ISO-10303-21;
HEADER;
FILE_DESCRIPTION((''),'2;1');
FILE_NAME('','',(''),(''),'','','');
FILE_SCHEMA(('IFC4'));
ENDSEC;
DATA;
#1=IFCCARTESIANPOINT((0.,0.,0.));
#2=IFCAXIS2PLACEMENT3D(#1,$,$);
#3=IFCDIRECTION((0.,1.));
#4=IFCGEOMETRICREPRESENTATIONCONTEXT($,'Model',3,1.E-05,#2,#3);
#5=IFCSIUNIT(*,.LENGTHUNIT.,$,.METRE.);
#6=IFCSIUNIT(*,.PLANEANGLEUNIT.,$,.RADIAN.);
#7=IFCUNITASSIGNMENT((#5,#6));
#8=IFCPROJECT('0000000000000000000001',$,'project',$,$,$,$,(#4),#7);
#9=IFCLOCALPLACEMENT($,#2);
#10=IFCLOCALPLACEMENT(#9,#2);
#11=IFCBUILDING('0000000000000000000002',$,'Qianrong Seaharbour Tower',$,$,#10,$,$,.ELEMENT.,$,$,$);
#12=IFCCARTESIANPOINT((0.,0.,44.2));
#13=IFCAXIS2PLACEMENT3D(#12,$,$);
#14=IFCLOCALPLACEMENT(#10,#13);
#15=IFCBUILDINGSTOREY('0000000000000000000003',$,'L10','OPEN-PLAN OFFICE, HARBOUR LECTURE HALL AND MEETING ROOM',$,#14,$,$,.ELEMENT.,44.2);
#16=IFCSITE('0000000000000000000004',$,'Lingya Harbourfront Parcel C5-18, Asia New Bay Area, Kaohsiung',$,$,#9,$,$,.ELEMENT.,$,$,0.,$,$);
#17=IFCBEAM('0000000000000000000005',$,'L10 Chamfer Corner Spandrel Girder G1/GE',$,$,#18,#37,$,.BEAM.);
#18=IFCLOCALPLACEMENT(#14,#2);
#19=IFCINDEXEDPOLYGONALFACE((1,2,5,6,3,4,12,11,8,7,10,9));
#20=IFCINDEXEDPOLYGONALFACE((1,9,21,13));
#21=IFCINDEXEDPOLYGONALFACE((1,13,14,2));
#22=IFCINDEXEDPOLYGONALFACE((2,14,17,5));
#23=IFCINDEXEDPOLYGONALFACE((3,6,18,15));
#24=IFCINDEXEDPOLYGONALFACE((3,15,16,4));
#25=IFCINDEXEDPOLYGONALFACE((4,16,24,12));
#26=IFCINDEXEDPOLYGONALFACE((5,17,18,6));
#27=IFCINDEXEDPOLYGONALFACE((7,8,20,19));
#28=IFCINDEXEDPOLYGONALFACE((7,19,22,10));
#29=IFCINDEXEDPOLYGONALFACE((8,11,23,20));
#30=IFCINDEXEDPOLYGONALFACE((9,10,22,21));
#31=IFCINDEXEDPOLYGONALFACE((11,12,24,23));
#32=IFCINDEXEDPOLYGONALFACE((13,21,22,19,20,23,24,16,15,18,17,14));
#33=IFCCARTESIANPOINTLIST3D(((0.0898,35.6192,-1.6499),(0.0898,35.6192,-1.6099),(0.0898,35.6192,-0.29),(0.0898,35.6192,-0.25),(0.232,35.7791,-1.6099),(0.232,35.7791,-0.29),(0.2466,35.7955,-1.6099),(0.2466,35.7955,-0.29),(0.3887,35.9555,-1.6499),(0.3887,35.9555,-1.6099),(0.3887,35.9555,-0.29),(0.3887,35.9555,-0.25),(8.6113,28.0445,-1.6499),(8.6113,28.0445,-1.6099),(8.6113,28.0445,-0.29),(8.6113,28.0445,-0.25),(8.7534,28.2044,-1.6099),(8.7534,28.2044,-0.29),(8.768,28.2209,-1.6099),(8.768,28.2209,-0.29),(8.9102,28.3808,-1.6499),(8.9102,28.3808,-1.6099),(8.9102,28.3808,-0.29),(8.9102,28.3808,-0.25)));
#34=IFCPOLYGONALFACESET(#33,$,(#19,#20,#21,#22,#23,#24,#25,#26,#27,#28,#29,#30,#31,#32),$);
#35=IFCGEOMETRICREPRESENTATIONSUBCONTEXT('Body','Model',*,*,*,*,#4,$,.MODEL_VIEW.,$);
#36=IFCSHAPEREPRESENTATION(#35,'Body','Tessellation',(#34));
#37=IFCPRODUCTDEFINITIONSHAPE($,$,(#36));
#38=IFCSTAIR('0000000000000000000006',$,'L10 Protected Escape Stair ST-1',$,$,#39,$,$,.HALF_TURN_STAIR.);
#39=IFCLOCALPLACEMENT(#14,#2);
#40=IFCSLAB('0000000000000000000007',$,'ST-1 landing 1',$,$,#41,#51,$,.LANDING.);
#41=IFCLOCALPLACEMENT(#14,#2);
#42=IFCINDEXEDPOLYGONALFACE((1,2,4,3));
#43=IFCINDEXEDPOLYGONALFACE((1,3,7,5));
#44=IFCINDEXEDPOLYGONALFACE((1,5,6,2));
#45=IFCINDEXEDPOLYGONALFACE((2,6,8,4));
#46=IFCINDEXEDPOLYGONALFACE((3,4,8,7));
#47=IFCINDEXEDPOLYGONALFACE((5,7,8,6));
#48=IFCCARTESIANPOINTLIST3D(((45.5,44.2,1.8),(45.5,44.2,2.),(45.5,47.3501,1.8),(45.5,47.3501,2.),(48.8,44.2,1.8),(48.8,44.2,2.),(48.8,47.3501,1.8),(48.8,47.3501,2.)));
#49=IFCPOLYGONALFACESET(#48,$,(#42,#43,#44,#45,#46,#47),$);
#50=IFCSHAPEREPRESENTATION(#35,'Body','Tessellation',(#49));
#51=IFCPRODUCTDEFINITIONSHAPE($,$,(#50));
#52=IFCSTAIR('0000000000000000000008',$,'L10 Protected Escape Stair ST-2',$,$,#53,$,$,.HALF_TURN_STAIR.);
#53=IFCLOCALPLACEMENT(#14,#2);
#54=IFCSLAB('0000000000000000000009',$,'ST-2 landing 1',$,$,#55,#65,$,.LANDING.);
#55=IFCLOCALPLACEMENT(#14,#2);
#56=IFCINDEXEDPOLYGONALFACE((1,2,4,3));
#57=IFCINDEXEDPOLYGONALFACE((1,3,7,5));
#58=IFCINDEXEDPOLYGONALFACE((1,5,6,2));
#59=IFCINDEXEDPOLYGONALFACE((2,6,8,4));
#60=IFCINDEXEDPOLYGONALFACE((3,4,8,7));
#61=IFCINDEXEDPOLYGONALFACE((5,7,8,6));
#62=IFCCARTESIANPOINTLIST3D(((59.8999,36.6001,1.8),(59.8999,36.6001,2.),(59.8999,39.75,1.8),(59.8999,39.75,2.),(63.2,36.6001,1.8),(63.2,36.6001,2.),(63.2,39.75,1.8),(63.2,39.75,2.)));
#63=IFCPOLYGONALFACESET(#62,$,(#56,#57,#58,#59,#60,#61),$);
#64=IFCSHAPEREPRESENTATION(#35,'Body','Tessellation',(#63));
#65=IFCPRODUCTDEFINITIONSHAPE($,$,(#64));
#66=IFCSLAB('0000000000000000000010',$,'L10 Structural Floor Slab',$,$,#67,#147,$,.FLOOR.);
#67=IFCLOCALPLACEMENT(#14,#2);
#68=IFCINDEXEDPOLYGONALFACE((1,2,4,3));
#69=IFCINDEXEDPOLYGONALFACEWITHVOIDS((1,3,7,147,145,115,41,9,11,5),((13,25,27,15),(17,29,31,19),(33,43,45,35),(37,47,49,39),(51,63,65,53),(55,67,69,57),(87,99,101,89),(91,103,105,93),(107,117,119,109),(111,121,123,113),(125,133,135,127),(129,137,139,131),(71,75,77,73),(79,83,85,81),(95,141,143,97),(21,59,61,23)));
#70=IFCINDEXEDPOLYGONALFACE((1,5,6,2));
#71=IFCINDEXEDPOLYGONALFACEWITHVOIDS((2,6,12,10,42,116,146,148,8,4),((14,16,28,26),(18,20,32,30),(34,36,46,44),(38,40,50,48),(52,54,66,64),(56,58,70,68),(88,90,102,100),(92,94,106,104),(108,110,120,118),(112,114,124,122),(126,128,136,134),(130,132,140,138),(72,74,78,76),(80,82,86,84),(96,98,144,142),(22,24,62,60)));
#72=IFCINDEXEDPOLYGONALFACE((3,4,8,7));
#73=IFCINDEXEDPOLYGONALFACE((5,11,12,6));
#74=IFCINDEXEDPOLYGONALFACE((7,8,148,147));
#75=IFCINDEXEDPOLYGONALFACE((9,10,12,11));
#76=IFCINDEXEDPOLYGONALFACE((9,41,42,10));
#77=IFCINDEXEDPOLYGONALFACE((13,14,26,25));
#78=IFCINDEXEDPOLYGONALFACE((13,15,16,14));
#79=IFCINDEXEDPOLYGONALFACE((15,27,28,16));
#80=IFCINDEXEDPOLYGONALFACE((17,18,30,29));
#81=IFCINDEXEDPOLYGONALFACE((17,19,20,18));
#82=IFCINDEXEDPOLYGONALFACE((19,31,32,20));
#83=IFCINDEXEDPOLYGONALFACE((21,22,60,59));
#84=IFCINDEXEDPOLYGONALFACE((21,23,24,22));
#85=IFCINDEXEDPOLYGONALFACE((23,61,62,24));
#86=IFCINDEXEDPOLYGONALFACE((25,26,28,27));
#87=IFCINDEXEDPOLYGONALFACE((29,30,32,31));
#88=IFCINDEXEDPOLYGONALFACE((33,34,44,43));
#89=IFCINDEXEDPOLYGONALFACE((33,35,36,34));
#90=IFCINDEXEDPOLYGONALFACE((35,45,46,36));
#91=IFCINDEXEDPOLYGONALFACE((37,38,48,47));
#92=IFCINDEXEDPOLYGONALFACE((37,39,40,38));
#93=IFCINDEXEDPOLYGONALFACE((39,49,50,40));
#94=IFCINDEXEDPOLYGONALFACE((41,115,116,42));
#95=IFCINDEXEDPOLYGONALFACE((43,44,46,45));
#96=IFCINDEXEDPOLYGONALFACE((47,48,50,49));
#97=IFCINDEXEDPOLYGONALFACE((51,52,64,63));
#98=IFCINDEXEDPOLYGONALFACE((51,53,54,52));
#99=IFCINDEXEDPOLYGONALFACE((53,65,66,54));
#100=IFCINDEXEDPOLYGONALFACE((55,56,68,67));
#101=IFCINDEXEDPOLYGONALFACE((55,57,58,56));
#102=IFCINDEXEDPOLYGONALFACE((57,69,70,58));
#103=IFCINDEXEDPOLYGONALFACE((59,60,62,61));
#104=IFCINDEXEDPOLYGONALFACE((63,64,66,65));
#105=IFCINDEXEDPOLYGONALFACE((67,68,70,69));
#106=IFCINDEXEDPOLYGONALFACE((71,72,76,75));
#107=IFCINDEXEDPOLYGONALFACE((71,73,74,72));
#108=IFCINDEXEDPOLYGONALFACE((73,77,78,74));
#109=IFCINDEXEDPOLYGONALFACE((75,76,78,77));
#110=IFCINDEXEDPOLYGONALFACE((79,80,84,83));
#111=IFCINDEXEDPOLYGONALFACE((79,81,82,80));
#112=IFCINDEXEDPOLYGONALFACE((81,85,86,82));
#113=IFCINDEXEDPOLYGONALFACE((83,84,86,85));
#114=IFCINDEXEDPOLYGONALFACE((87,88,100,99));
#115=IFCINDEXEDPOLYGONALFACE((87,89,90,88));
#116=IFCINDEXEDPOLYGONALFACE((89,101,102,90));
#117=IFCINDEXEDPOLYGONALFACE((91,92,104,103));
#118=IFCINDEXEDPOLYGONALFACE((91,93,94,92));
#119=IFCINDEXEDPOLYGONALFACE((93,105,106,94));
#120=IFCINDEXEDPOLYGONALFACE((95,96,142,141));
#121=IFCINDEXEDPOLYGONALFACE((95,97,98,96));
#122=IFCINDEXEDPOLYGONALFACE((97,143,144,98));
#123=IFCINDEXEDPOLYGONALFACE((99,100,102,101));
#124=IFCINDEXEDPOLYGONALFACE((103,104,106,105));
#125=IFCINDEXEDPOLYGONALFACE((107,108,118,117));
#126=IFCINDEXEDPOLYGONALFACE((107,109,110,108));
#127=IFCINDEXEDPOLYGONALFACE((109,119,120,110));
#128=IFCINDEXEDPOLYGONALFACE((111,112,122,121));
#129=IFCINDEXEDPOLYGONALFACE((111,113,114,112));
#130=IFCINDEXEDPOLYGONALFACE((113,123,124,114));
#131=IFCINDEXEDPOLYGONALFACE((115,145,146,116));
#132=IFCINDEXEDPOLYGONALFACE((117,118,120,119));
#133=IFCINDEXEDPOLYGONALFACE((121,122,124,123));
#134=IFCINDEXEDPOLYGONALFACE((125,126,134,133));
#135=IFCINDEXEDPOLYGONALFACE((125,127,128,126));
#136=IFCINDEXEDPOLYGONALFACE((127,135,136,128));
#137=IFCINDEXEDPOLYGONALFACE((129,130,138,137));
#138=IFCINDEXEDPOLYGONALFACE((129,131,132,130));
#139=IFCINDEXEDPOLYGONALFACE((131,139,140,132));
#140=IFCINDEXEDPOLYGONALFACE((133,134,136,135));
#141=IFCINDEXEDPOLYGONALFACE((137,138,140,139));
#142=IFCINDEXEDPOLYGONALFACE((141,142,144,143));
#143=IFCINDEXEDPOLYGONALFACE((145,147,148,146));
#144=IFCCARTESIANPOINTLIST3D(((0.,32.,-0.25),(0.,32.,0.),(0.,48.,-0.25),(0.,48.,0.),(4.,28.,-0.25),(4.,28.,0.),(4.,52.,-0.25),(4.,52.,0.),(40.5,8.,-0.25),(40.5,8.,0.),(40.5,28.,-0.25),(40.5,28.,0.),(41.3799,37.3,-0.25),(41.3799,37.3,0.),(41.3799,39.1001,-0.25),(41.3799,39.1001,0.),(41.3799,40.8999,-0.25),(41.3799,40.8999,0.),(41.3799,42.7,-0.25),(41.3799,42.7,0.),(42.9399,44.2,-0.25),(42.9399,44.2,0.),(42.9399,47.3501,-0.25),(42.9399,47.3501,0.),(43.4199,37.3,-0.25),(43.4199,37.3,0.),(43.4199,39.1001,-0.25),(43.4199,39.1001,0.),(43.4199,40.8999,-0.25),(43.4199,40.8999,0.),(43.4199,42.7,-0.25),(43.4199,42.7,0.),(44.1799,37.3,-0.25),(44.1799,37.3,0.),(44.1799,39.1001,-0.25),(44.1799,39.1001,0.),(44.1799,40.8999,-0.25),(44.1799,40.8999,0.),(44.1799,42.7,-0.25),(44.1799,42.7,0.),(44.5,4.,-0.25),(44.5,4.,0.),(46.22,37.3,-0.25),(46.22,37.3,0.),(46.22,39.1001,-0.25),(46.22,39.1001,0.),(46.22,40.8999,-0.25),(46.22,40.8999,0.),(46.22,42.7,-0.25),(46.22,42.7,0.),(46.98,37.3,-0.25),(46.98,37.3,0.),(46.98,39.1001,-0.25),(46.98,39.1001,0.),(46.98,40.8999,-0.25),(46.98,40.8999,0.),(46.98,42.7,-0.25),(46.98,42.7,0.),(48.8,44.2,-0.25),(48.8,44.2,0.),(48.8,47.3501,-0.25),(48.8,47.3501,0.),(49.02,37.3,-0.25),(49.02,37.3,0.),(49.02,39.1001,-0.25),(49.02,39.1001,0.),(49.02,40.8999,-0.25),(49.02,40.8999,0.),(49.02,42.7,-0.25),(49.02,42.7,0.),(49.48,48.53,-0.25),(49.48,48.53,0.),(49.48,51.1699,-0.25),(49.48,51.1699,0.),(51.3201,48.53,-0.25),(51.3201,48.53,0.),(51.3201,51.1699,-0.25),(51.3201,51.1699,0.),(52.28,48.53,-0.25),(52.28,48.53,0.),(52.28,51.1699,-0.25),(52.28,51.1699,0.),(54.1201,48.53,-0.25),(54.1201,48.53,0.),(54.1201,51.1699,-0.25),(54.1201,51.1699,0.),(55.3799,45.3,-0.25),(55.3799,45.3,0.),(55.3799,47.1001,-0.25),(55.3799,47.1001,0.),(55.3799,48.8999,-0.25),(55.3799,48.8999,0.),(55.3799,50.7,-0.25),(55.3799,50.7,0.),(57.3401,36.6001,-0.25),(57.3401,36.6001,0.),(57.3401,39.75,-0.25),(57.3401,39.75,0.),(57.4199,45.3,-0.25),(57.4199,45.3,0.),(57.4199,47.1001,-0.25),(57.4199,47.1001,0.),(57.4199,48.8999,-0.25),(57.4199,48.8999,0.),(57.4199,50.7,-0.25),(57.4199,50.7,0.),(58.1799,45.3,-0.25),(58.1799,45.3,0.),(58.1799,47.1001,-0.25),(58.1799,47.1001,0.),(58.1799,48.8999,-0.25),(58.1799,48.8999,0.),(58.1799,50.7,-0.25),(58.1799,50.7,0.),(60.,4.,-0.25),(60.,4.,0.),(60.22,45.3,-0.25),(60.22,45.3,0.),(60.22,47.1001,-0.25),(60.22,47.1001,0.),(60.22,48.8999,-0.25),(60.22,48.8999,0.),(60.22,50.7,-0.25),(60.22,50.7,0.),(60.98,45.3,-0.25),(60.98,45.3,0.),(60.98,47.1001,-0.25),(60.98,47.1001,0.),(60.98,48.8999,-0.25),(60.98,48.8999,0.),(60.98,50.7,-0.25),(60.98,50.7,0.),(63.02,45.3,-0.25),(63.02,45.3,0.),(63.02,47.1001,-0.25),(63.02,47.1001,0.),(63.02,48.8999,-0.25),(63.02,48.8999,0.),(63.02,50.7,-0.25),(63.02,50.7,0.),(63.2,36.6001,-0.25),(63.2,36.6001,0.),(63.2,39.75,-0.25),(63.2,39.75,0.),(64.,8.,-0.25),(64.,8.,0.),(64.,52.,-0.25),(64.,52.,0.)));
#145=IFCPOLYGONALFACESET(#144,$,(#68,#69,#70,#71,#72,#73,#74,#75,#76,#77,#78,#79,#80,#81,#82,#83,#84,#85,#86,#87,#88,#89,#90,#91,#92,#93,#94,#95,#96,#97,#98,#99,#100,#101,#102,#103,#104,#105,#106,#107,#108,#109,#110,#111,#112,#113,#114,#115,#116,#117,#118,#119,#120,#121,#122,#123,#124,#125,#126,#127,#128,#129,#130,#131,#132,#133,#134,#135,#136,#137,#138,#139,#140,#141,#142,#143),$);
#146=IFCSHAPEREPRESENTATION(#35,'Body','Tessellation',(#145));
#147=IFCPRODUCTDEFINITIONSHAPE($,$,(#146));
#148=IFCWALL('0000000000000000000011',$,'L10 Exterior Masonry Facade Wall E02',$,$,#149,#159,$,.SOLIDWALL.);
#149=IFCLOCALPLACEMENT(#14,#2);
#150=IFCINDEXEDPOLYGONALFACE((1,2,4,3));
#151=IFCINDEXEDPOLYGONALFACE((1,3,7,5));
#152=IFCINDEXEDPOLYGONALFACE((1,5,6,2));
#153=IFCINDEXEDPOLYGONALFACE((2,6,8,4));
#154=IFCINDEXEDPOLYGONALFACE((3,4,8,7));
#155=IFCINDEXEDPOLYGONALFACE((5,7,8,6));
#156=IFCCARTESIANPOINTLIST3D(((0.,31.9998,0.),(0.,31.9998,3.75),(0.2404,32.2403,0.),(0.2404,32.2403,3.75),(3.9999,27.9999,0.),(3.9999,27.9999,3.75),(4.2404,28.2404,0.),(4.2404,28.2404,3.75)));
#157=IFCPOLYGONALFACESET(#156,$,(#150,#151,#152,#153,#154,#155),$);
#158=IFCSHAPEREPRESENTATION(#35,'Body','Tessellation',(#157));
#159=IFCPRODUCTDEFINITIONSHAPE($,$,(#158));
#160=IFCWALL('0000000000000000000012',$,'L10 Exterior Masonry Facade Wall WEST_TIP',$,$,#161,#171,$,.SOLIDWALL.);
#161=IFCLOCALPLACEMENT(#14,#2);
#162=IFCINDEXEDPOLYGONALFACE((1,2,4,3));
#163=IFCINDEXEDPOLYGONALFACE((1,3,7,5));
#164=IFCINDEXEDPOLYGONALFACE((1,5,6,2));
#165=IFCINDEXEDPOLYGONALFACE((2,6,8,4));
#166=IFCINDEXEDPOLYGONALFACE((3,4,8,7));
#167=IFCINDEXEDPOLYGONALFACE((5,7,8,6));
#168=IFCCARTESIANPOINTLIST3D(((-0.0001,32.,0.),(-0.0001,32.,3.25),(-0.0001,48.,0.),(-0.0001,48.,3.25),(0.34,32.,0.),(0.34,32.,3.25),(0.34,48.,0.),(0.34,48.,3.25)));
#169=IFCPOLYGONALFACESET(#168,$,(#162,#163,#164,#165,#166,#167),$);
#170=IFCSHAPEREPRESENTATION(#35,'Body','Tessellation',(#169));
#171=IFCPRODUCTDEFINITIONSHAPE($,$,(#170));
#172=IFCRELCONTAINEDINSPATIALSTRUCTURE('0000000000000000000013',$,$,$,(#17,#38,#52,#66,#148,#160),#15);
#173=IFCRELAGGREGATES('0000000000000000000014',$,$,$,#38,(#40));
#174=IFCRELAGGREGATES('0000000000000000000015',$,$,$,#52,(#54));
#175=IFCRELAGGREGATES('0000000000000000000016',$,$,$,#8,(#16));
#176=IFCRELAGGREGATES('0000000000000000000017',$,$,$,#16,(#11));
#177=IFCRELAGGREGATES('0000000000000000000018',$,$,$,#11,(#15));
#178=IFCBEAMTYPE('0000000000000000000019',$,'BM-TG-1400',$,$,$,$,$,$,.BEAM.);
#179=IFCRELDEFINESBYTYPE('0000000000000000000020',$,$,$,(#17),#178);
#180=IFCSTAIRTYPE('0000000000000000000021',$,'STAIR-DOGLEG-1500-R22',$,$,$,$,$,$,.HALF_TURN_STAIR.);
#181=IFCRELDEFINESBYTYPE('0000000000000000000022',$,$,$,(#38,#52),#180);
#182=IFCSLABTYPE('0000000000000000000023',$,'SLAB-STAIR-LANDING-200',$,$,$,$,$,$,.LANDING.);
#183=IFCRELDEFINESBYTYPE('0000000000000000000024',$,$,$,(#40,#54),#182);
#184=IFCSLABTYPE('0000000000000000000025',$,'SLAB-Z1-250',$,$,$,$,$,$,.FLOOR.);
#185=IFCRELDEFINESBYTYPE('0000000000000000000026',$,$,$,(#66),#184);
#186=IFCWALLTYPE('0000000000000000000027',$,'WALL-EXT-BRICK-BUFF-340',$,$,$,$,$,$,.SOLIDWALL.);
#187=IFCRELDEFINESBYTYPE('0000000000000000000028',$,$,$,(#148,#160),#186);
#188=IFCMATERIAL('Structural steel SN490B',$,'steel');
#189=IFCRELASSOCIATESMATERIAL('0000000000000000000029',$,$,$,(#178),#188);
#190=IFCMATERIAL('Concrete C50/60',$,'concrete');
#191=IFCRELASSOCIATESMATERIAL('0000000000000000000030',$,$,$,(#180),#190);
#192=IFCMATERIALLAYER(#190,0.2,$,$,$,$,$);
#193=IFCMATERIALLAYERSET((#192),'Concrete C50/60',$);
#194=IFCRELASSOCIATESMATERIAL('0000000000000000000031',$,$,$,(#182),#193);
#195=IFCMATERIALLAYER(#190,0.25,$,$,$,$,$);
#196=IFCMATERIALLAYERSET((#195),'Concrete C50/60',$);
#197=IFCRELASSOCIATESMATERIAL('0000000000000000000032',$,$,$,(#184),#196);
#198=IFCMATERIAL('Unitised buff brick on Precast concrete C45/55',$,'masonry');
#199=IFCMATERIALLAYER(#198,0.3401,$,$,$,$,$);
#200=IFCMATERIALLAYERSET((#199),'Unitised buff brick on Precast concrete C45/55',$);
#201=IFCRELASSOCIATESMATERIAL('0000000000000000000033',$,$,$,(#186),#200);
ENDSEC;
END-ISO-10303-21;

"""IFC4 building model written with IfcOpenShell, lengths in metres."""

from ifc_helpers import new_model, si_unit, direction, frame, frame_2d, origin, origin_2d, place, context, subcontext, project, spatial, polyline, rectangle, i_section, outline, extrude, material, layer, layer_set, material_profile, profile_set, type_object, element, aggregate, save


model = new_model("IFC4")

# Units and contexts
model_context = context("Model", 3, precision=1e-05, world=origin(), true_north=direction((0.0, 1.0)))
body_context = subcontext(model_context, "Body", "Model", "MODEL_VIEW")
ifc_project = project(units=[si_unit("LENGTHUNIT", "METRE"), si_unit("PLANEANGLEUNIT", "RADIAN")], contexts=[model_context])

# Site, building, storey
site_placement = place(None, origin())
site = spatial("IfcSite", under=ifc_project, at=site_placement, Name="Lingya Harbourfront Parcel C5-18, Asia New Bay Area, Kaohsiung", CompositionType="ELEMENT", RefElevation=0.0)
building_placement = place(site_placement, origin())
building = spatial("IfcBuilding", under=site, at=building_placement, Name="Qianrong Seaharbour Tower", CompositionType="ELEMENT")
storey_placement = place(building_placement, frame((0.0, 0.0, 44.2)))
storey = spatial("IfcBuildingStorey", under=building, at=storey_placement, Name="L10", Description="OPEN-PLAN OFFICE, HARBOUR LECTURE HALL AND MEETING ROOM", CompositionType="ELEMENT", Elevation=44.2)

# Shared definitions
ifc_material_1 = material(Name="Structural steel SN490B", Category="steel")

# Beam
ifc_material_profile_1 = material_profile(ifc_material_1, i_section(OverallWidth=0.45, OverallDepth=1.3999, WebThickness=0.022, FlangeThickness=0.04, at=origin_2d()), Name="BH1400x450x22x40")
ifc_profile_set_1 = profile_set([ifc_material_profile_1], Name="Structural steel SN490B")
beam_type_1 = type_object("IfcBeamType", Name="BM-TG-1400", PredefinedType="BEAM", material=ifc_profile_set_1)
beam_1_placement = place(storey_placement, frame((8.7607, 28.2126, -0.95), z_axis=(-0.747407, 0.664366, 0.0), x_axis=(-0.664366, -0.747407, 0.0)))
element("IfcBeam", 1, at=beam_1_placement, inside=storey, type_object=beam_type_1, Name="L10 Chamfer Corner Spandrel Girder G1/GE", PredefinedType="BEAM", context=body_context, shape_type="SweptSolid", body=[
    extrude(i_section(OverallWidth=0.45, OverallDepth=1.3999, WebThickness=0.022, FlangeThickness=0.04, at=origin_2d()), origin(), (0.0, 0.0, 1.0), 11.4014),
])

# Stairs, slabs
ifc_material_2 = material(Name="Concrete C50/60", Category="concrete")
stair_type = type_object("IfcStairType", Name="STAIR-DOGLEG-1500-R22", PredefinedType="HALF_TURN_STAIR", material=ifc_material_2)
stair_1_placement = place(storey_placement, origin())
stair_1 = element("IfcStair", 2, at=stair_1_placement, inside=storey, type_object=stair_type, Name="L10 Protected Escape Stair ST-1", PredefinedType="HALF_TURN_STAIR")
ifc_layer_1 = layer(ifc_material_2, 0.2)
ifc_layer_set_1 = layer_set([ifc_layer_1], Name="Concrete C50/60")
slab_type_1 = type_object("IfcSlabType", Name="SLAB-STAIR-LANDING-200", PredefinedType="LANDING", material=ifc_layer_set_1)
slab_1_placement = place(storey_placement, frame((0.0, 0.0, 1.8)))
slab_1 = element("IfcSlab", 3, at=slab_1_placement, type_object=slab_type_1, Name="ST-1 landing 1", PredefinedType="LANDING", context=body_context, shape_type="SweptSolid", body=[
    extrude(outline(polyline([(45.5, 44.2), (48.8, 44.2), (48.8, 47.3501), (45.5, 47.3501), (45.5, 44.2)])), origin(), (0.0, 0.0, 1.0), 0.2),
])
aggregate(stair_1, [slab_1])
stair_2_placement = place(storey_placement, origin())
stair_2 = element("IfcStair", 4, at=stair_2_placement, inside=storey, type_object=stair_type, Name="L10 Protected Escape Stair ST-2", PredefinedType="HALF_TURN_STAIR")
slab_2_placement = place(storey_placement, frame((0.0, 0.0, 1.8)))
slab_2 = element("IfcSlab", 5, at=slab_2_placement, type_object=slab_type_1, Name="ST-2 landing 1", PredefinedType="LANDING", context=body_context, shape_type="SweptSolid", body=[
    extrude(outline(polyline([(59.8999, 36.6001), (63.2, 36.6001), (63.2, 39.75), (59.8999, 39.75), (59.8999, 36.6001)])), origin(), (0.0, 0.0, 1.0), 0.2),
])
aggregate(stair_2, [slab_2])

# Slab
ifc_layer_2 = layer(ifc_material_2, 0.25)
ifc_layer_set_2 = layer_set([ifc_layer_2], Name="Concrete C50/60")
slab_type_2 = type_object("IfcSlabType", Name="SLAB-Z1-250", PredefinedType="FLOOR", material=ifc_layer_set_2)
slab_3_placement = place(storey_placement, frame((0.0, 0.0, -0.25)))
element("IfcSlab", 6, at=slab_3_placement, inside=storey, type_object=slab_type_2, Name="L10 Structural Floor Slab", PredefinedType="FLOOR", context=body_context, shape_type="SweptSolid", body=[
    extrude(outline(polyline([(44.5, 4.0), (60.0, 4.0), (64.0, 8.0), (64.0, 52.0), (4.0, 52.0), (0.0, 48.0), (0.0, 32.0), (4.0, 28.0), (40.5, 28.0), (40.5, 8.0), (44.5, 4.0)]), holes=[polyline([(42.9399, 44.2), (42.9399, 47.3501), (48.8, 47.3501), (48.8, 44.2), (42.9399, 44.2)]), polyline([(57.3401, 36.6001), (57.3401, 39.75), (63.2, 39.75), (63.2, 36.6001), (57.3401, 36.6001)]), polyline([(49.48, 48.53), (49.48, 51.1699), (51.3201, 51.1699), (51.3201, 48.53), (49.48, 48.53)]), polyline([(52.28, 48.53), (52.28, 51.1699), (54.1201, 51.1699), (54.1201, 48.53), (52.28, 48.53)]), polyline([(41.3799, 37.3), (41.3799, 39.1001), (43.4199, 39.1001), (43.4199, 37.3), (41.3799, 37.3)]), polyline([(44.1799, 37.3), (44.1799, 39.1001), (46.22, 39.1001), (46.22, 37.3), (44.1799, 37.3)]), polyline([(46.98, 37.3), (46.98, 39.1001), (49.02, 39.1001), (49.02, 37.3), (46.98, 37.3)]), polyline([(41.3799, 40.8999), (41.3799, 42.7), (43.4199, 42.7), (43.4199, 40.8999), (41.3799, 40.8999)]), polyline([(44.1799, 40.8999), (44.1799, 42.7), (46.22, 42.7), (46.22, 40.8999), (44.1799, 40.8999)]), polyline([(46.98, 40.8999), (46.98, 42.7), (49.02, 42.7), (49.02, 40.8999), (46.98, 40.8999)]), polyline([(55.3799, 45.3), (55.3799, 47.1001), (57.4199, 47.1001), (57.4199, 45.3), (55.3799, 45.3)]), polyline([(58.1799, 45.3), (58.1799, 47.1001), (60.22, 47.1001), (60.22, 45.3), (58.1799, 45.3)]), polyline([(60.98, 45.3), (60.98, 47.1001), (63.02, 47.1001), (63.02, 45.3), (60.98, 45.3)]), polyline([(55.3799, 48.8999), (55.3799, 50.7), (57.4199, 50.7), (57.4199, 48.8999), (55.3799, 48.8999)]), polyline([(58.1799, 48.8999), (58.1799, 50.7), (60.22, 50.7), (60.22, 48.8999), (58.1799, 48.8999)]), polyline([(60.98, 48.8999), (60.98, 50.7), (63.02, 50.7), (63.02, 48.8999), (60.98, 48.8999)])]), origin(), (0.0, 0.0, 1.0), 0.25),
])

# Walls
ifc_material_3 = material(Name="Unitised buff brick on Precast concrete C45/55", Category="masonry")
ifc_layer_3 = layer(ifc_material_3, 0.3401)
ifc_layer_set_3 = layer_set([ifc_layer_3], Name="Unitised buff brick on Precast concrete C45/55")
wall_type_1 = type_object("IfcWallType", Name="WALL-EXT-BRICK-BUFF-340", PredefinedType="SOLIDWALL", material=ifc_layer_set_3)
wall_1_placement = place(storey_placement, frame((4.1201, 28.1201, 0.0), z_axis=(0.0, 0.0, 1.0), x_axis=(-0.707107, 0.707107, 0.0)))
element("IfcWall", 7, at=wall_1_placement, inside=storey, type_object=wall_type_1, Name="L10 Exterior Masonry Facade Wall E02", PredefinedType="SOLIDWALL", context=body_context, shape_type="SweptSolid", body=[
    extrude(rectangle(XDim=5.6567, YDim=0.3401, at=frame_2d((2.8284, 0.0))), origin(), (0.0, 0.0, 1.0), 3.75),
])
wall_2_placement = place(storey_placement, frame((0.1699, 32.0, 0.0), z_axis=(0.0, 0.0, 1.0), x_axis=(0.0, 1.0, 0.0)))
element("IfcWall", 8, at=wall_2_placement, inside=storey, type_object=wall_type_1, Name="L10 Exterior Masonry Facade Wall WEST_TIP", PredefinedType="SOLIDWALL", context=body_context, shape_type="SweptSolid", body=[
    extrude(rectangle(XDim=16.0, YDim=0.3401, at=frame_2d((8.0, 0.0))), origin(), (0.0, 0.0, 1.0), 3.25),
])

save(model, "model.ifc")
